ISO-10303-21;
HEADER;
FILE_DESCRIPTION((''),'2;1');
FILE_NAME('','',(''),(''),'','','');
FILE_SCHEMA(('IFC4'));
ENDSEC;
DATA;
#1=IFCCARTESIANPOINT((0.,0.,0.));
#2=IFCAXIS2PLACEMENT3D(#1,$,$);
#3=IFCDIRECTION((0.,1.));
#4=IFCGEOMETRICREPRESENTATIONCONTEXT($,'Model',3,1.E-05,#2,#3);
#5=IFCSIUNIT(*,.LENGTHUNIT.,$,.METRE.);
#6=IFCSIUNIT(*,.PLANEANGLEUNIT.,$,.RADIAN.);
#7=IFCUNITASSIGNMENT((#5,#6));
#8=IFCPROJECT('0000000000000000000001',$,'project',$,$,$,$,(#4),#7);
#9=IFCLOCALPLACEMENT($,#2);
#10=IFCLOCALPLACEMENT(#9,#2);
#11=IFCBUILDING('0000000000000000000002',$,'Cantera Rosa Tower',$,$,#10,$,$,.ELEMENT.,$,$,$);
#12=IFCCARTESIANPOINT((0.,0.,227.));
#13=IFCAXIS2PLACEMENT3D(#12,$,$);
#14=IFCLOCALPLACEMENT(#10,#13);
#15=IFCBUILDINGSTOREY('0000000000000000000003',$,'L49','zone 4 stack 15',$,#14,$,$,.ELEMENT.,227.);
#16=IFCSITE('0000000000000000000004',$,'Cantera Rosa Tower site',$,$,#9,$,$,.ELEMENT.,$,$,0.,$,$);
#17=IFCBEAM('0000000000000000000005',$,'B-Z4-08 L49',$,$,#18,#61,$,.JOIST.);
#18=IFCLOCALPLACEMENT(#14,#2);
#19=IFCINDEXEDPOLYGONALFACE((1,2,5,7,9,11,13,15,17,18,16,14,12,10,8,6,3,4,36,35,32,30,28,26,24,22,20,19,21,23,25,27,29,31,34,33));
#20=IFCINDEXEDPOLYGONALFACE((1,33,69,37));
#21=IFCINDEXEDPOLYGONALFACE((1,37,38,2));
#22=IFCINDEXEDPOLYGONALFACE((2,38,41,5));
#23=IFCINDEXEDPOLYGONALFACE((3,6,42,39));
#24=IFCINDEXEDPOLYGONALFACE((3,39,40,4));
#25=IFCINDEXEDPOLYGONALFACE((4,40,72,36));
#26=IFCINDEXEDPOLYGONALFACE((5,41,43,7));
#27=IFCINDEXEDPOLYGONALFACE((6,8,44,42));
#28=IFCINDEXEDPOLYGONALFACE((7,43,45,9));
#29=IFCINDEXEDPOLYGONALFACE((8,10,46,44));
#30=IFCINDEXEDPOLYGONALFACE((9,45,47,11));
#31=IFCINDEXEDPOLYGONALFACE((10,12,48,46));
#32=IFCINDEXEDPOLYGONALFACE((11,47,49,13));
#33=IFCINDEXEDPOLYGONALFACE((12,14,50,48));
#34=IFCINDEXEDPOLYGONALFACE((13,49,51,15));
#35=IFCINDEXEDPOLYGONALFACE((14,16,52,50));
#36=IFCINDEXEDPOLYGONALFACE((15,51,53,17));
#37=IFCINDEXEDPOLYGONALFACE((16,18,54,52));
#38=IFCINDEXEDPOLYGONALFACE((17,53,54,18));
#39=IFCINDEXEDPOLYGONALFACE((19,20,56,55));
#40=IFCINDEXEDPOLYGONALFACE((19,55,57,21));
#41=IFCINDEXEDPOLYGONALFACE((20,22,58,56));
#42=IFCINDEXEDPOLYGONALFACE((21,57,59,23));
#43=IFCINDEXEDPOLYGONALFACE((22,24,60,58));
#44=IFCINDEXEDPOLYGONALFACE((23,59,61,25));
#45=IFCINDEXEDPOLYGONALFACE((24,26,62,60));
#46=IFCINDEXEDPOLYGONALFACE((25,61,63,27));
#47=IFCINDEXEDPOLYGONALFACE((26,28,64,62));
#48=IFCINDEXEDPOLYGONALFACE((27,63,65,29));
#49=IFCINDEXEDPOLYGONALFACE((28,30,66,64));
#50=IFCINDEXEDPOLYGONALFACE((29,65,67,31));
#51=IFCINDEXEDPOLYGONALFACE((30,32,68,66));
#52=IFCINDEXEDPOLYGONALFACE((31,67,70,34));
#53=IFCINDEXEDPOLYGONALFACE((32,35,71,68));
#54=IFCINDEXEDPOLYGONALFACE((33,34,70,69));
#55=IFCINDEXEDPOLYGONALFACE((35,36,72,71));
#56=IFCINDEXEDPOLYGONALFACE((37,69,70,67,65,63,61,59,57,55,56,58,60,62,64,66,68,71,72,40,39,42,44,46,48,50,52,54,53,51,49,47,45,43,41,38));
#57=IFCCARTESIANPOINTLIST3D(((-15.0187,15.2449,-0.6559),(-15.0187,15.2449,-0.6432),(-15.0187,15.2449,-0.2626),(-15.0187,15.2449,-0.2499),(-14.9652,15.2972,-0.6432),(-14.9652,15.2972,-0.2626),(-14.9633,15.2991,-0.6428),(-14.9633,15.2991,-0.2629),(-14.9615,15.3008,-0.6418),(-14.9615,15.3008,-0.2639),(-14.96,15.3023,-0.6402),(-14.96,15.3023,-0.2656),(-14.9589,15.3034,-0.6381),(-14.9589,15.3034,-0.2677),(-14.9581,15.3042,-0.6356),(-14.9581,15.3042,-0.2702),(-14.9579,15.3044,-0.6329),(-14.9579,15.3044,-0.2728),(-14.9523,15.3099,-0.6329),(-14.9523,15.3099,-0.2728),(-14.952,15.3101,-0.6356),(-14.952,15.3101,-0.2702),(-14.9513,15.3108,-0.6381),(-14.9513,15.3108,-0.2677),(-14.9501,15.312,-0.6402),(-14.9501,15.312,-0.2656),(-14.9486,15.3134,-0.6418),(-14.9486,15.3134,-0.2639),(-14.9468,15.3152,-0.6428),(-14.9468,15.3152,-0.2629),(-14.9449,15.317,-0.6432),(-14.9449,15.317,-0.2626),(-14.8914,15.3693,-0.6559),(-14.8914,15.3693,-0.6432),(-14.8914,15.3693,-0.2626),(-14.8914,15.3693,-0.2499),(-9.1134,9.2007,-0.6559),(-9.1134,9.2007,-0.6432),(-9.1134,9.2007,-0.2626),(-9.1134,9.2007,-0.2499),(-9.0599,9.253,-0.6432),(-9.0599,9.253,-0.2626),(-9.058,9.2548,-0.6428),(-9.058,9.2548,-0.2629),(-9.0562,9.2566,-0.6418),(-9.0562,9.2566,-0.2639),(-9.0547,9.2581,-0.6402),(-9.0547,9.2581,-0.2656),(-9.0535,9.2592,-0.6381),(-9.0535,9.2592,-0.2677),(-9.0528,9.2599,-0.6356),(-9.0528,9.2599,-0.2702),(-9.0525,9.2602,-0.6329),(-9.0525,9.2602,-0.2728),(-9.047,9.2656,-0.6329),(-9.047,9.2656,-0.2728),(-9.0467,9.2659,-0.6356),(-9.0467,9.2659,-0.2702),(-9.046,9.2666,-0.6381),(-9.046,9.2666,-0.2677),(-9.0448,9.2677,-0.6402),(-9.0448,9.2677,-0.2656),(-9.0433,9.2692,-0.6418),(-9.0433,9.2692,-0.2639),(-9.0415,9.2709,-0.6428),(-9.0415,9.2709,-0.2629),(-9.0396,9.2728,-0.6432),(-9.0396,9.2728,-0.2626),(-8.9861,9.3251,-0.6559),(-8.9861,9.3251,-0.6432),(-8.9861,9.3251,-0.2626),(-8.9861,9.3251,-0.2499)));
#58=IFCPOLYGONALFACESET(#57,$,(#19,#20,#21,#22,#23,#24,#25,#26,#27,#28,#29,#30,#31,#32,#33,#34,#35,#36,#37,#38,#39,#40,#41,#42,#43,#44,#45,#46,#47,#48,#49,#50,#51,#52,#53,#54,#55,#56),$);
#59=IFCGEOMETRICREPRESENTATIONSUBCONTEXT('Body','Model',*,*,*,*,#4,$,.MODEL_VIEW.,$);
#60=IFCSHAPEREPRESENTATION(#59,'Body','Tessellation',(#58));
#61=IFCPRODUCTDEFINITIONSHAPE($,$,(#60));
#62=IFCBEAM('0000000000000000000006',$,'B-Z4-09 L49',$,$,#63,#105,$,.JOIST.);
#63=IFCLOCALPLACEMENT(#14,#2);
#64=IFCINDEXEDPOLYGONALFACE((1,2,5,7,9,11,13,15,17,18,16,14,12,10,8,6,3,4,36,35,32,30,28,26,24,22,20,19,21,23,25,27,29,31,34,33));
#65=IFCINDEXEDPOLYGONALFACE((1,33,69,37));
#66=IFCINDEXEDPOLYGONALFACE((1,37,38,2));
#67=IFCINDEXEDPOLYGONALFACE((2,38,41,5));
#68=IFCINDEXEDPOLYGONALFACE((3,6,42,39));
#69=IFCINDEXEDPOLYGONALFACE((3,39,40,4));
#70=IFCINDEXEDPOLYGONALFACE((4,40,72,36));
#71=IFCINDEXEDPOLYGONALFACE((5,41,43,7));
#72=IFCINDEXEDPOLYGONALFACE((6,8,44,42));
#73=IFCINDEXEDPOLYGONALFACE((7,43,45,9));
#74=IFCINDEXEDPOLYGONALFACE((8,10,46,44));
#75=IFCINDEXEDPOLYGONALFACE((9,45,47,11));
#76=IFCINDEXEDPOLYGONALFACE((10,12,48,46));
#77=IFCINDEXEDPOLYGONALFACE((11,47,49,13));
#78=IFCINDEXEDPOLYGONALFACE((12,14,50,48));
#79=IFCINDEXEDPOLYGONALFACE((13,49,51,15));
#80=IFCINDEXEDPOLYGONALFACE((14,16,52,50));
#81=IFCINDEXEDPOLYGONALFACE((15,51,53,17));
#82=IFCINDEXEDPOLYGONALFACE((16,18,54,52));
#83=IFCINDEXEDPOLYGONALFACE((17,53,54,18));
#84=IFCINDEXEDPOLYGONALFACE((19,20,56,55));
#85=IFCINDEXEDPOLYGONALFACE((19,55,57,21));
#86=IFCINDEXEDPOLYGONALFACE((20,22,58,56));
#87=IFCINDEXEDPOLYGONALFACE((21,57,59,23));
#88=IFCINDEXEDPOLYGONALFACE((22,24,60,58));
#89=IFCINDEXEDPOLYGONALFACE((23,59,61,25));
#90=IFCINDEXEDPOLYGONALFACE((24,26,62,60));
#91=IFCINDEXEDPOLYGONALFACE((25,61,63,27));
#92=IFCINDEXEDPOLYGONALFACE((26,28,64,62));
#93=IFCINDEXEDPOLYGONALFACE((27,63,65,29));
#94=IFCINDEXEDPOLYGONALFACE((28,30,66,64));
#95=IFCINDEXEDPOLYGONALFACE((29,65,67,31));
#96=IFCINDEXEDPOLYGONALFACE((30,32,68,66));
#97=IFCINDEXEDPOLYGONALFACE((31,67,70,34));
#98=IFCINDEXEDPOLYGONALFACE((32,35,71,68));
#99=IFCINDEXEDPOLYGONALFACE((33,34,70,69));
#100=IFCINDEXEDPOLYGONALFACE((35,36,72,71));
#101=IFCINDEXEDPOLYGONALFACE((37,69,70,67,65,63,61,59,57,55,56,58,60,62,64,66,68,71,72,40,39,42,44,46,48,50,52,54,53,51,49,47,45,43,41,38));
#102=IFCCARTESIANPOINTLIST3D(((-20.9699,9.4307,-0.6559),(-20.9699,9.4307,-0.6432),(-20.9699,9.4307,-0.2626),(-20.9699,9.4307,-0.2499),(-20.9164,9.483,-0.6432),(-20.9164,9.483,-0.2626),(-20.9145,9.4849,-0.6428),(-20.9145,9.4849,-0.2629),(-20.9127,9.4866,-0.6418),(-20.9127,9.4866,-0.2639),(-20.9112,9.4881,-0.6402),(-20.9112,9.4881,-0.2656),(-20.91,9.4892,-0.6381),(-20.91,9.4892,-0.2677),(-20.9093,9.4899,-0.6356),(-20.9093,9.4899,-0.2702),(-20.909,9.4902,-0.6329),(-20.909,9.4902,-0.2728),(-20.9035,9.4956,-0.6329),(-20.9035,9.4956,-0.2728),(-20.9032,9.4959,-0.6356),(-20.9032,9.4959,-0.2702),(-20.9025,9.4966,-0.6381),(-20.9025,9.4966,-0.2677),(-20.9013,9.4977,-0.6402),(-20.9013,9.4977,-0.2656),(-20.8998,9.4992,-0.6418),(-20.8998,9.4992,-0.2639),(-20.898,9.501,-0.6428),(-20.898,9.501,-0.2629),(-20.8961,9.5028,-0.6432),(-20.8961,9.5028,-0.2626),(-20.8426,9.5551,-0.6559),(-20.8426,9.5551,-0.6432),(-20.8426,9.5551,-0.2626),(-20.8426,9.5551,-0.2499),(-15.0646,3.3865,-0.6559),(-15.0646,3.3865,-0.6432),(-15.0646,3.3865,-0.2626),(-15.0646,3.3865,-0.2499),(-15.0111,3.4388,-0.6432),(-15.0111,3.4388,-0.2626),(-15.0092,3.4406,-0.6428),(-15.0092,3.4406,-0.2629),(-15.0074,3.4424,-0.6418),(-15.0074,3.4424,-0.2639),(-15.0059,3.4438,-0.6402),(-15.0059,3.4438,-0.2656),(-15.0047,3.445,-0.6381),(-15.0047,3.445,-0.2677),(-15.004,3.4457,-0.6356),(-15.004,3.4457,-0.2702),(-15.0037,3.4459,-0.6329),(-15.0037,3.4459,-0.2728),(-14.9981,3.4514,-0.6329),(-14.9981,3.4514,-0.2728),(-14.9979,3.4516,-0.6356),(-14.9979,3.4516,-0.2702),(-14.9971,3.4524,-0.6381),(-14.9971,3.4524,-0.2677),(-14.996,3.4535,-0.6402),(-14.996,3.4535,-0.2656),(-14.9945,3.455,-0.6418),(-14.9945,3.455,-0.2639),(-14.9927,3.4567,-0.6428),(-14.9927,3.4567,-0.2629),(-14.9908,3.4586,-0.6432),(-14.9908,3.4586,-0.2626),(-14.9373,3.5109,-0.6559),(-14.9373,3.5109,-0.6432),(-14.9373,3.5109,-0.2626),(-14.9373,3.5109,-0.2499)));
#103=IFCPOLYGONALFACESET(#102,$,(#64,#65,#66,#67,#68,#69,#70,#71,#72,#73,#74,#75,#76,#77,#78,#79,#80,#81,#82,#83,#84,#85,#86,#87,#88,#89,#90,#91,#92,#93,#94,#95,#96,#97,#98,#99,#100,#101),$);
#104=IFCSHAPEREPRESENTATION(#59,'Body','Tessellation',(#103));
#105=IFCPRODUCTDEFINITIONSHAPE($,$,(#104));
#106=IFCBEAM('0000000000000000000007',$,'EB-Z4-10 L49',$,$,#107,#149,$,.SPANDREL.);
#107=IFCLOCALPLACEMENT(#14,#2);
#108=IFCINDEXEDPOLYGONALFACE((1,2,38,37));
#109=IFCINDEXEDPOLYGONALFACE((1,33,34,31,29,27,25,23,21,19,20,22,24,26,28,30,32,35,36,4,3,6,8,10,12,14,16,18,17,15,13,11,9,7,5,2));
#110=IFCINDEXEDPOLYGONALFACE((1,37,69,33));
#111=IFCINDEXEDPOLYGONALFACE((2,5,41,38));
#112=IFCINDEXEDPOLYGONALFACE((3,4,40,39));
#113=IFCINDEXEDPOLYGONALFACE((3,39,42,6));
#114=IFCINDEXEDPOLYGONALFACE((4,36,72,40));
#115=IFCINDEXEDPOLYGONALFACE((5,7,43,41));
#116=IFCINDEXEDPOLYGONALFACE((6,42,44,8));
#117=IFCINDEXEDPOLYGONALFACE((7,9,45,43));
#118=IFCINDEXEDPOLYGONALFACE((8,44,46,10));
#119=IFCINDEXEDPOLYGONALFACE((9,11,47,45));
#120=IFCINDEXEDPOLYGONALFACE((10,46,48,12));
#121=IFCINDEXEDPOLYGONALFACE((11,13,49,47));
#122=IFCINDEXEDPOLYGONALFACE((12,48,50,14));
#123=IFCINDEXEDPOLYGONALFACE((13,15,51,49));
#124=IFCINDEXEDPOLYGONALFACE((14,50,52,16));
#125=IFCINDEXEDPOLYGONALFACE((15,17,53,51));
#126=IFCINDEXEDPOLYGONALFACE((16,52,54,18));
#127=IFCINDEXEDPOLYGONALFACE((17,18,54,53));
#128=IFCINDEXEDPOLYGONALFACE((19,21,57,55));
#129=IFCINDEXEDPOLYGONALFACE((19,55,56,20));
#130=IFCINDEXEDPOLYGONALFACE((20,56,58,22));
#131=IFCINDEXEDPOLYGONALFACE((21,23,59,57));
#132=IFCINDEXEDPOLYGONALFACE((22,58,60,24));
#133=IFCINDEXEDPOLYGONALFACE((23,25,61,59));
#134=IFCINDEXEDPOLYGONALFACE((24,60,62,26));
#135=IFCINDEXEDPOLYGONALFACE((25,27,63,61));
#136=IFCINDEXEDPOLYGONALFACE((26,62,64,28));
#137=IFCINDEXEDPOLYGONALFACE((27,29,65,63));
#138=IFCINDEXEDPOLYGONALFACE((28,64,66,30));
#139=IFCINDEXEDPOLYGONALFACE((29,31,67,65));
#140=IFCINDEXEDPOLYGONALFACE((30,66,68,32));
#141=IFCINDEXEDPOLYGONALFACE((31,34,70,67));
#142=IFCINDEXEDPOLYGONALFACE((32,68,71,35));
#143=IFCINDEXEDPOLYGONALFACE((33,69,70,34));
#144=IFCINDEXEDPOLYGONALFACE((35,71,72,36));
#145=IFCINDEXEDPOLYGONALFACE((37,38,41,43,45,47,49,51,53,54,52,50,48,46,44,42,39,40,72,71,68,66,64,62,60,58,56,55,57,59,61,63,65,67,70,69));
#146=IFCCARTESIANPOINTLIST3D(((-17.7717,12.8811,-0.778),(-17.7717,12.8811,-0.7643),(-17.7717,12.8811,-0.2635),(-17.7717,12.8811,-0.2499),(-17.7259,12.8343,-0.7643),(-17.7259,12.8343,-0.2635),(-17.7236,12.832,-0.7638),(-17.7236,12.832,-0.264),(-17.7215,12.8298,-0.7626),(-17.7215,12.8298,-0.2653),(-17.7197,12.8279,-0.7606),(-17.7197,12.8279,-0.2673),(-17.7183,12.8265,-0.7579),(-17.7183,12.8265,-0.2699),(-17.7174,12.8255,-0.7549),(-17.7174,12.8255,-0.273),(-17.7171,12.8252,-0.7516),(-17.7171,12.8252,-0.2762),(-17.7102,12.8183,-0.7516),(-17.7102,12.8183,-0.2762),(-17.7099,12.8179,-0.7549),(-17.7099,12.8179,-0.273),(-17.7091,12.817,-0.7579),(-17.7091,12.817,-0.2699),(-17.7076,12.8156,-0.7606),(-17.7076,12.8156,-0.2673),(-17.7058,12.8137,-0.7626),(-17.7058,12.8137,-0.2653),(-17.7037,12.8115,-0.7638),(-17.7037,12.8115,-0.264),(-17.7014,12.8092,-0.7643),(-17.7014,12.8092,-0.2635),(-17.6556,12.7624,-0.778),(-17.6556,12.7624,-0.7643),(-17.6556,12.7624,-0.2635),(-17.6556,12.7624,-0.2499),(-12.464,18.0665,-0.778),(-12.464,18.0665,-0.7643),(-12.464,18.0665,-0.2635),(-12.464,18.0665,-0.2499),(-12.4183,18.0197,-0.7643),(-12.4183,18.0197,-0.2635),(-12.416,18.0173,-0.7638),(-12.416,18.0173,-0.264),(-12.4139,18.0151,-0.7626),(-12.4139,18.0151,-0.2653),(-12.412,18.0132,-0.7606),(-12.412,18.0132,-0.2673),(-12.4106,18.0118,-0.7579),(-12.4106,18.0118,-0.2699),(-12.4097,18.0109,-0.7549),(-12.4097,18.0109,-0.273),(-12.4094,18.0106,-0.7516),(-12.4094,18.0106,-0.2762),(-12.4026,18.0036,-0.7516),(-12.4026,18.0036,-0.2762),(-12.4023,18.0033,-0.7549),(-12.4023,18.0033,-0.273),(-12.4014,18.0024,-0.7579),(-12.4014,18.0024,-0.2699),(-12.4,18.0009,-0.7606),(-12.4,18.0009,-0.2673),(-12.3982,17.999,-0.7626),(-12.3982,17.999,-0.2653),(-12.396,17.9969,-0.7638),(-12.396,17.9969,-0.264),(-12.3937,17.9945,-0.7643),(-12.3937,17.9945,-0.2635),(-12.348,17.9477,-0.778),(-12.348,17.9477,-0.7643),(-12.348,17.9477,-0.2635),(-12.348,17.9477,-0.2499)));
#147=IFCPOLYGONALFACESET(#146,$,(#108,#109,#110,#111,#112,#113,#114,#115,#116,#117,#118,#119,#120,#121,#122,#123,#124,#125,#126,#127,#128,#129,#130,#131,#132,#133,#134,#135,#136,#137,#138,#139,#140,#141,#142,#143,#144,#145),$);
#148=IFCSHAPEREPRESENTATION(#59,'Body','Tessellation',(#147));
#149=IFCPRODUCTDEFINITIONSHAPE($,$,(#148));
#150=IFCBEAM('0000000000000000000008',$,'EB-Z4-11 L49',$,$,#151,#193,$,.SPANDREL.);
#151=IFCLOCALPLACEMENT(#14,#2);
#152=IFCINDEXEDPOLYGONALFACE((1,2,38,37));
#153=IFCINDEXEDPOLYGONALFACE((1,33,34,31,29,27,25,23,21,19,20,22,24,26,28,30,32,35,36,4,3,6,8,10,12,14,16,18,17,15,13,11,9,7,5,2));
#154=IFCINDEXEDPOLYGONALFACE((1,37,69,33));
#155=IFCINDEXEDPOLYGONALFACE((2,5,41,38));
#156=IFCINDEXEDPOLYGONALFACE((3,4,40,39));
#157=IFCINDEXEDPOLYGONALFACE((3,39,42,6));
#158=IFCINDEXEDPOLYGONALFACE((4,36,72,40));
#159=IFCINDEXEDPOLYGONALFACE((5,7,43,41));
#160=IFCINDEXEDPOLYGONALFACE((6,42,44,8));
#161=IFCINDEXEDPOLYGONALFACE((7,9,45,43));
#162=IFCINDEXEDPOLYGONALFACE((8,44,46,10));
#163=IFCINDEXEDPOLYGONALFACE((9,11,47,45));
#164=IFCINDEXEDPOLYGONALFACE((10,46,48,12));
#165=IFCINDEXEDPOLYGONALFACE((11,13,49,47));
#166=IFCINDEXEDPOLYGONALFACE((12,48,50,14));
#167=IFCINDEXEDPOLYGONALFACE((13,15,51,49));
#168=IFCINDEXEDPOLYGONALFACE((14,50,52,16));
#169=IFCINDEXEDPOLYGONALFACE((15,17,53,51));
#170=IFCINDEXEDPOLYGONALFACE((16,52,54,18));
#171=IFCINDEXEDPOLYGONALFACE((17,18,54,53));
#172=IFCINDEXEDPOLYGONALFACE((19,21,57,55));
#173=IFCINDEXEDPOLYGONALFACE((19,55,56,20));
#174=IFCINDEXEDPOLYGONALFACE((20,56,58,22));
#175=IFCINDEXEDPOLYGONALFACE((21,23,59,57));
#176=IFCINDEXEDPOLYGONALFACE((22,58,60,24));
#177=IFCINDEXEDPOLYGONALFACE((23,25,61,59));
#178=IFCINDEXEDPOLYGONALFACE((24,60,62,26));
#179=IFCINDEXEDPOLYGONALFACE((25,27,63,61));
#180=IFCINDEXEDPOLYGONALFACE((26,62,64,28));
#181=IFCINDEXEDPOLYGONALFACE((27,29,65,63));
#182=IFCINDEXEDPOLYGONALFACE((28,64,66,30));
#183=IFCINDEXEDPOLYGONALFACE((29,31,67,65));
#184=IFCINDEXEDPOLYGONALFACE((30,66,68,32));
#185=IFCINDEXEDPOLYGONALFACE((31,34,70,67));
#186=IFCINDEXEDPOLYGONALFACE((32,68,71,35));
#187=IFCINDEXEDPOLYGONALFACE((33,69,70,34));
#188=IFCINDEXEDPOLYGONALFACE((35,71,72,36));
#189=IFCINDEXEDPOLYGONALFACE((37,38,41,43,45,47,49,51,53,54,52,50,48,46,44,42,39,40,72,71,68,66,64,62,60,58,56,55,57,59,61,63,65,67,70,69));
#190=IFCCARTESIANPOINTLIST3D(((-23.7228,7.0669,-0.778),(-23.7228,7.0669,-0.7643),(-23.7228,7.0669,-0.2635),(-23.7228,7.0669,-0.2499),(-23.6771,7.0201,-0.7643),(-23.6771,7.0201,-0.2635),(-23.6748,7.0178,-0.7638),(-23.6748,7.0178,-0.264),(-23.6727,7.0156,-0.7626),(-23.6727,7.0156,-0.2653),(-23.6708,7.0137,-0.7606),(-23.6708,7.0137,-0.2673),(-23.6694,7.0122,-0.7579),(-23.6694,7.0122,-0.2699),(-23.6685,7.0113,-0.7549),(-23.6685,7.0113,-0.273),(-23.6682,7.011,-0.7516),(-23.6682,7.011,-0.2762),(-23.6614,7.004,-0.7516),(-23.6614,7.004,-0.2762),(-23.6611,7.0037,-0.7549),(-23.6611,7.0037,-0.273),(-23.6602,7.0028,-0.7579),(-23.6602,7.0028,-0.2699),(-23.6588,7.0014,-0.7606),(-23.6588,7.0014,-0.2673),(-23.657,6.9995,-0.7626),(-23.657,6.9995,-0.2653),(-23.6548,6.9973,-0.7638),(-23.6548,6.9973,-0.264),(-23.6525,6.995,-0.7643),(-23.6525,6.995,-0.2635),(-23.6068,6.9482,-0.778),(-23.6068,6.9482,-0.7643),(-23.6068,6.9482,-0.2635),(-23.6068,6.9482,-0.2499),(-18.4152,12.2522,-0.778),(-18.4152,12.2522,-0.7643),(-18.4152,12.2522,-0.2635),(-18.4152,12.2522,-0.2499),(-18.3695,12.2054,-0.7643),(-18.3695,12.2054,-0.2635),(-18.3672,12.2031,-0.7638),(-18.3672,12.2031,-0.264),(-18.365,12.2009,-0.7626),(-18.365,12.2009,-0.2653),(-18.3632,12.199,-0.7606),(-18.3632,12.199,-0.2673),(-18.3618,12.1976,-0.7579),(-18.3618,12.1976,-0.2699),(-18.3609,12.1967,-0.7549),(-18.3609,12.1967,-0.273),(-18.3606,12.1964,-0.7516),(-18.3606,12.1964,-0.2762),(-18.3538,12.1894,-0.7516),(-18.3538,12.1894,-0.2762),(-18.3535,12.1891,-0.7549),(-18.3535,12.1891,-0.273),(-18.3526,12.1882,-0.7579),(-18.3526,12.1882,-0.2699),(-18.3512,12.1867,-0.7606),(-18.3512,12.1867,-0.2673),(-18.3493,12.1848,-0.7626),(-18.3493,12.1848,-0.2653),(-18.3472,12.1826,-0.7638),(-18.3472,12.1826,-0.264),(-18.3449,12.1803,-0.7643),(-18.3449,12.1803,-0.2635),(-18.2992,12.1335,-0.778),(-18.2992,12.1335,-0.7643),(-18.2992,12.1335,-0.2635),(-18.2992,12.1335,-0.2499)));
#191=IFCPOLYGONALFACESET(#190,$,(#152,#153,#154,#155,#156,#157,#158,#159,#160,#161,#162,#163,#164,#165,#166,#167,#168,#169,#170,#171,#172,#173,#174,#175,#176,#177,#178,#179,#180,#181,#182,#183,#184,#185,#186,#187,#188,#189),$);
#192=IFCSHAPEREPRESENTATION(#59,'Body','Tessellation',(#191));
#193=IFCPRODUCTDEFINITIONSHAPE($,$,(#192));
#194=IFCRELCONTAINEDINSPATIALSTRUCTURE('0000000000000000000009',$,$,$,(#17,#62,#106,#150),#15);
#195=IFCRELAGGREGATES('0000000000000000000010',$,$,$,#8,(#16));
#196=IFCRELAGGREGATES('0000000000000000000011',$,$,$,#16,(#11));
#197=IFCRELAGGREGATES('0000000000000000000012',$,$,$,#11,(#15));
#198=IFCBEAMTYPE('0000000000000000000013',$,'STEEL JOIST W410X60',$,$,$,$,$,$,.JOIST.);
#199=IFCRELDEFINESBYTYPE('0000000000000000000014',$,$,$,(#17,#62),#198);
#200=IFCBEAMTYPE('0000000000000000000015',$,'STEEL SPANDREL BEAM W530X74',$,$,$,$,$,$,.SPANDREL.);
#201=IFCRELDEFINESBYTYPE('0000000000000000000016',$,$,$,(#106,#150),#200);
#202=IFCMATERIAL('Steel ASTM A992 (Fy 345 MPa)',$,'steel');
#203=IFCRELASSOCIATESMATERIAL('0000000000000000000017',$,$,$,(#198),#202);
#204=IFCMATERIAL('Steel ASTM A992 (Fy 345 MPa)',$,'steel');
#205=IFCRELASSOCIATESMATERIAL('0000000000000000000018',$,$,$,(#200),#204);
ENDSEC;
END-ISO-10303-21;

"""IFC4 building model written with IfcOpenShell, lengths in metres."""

from ifc_helpers import new_model, si_unit, direction, frame, origin, origin_2d, place, context, subcontext, project, spatial, i_section, extrude, material, material_profile, profile_set, type_object, element, save


model = new_model("IFC4")

# Units and contexts
model_context = context("Model", 3, precision=1e-05, world=origin(), true_north=direction((0.0, 1.0)))
body_context = subcontext(model_context, "Body", "Model", "MODEL_VIEW")
ifc_project = project(units=[si_unit("LENGTHUNIT", "METRE"), si_unit("PLANEANGLEUNIT", "RADIAN")], contexts=[model_context])

# Site, building, storey
site_placement = place(None, origin())
site = spatial("IfcSite", under=ifc_project, at=site_placement, Name="Cantera Rosa Tower site", CompositionType="ELEMENT", RefElevation=0.0)
building_placement = place(site_placement, origin())
building = spatial("IfcBuilding", under=site, at=building_placement, Name="Cantera Rosa Tower", CompositionType="ELEMENT")
storey_placement = place(building_placement, frame((0.0, 0.0, 227.0)))
storey = spatial("IfcBuildingStorey", under=building, at=storey_placement, Name="L49", Description="zone 4 stack 15", CompositionType="ELEMENT", Elevation=227.0)

# Beams
ifc_material_1 = material(Name="Steel ASTM A992 (Fy 345 MPa)", Category="steel")
ifc_material_profile_1 = material_profile(ifc_material_1, i_section(OverallWidth=0.178, OverallDepth=0.406, WebThickness=0.0078, FlangeThickness=0.0127, FilletRadius=0.0103, at=origin_2d()), Name="W410X60")
ifc_profile_set_1 = profile_set([ifc_material_profile_1], Name="Steel ASTM A992 (Fy 345 MPa)")
beam_type_1 = type_object("IfcBeamType", Name="STEEL JOIST W410X60", PredefinedType="JOIST", material=ifc_profile_set_1)
for number, where, z_axis, x_axis, name in (
    (1, (-14.9551, 15.3071, -0.4529), (0.698839, -0.715279, 0.0), (0.715279, 0.698839, 0.0), "B-Z4-08 L49"),
    (2, (-20.9062, 9.4929, -0.4529), (0.698839, -0.715279, 0.0), (0.715279, 0.698839, 0.0), "B-Z4-09 L49"),
):
    element("IfcBeam", number, at=place(storey_placement, frame(where, z_axis=z_axis, x_axis=x_axis)), inside=storey, type_object=beam_type_1, Name=name, PredefinedType="JOIST", context=body_context, shape_type="SweptSolid", body=[
        extrude(i_section(OverallWidth=0.178, OverallDepth=0.406, WebThickness=0.0078, FlangeThickness=0.0127, FilletRadius=0.0103, at=origin_2d()), origin(), (0.0, 0.0, 1.0), 8.4502),
    ])
ifc_material_2 = material(Name="Steel ASTM A992 (Fy 345 MPa)", Category="steel")
ifc_material_profile_2 = material_profile(ifc_material_2, i_section(OverallWidth=0.166, OverallDepth=0.5281, WebThickness=0.0098, FlangeThickness=0.0137, FilletRadius=0.0127, at=origin_2d()), Name="W530X74")
ifc_profile_set_2 = profile_set([ifc_material_profile_2], Name="Steel ASTM A992 (Fy 345 MPa)")
beam_type_2 = type_object("IfcBeamType", Name="STEEL SPANDREL BEAM W530X74", PredefinedType="SPANDREL", material=ifc_profile_set_2)
for number, where, z_axis, x_axis, name in (
    (3, (-12.406, 18.0071, -0.5139), (-0.715301, -0.698817, 0.0), (0.698817, -0.715301, 0.0), "EB-Z4-10 L49"),
    (4, (-18.3572, 12.1929, -0.5139), (-0.715301, -0.698817, 0.0), (0.698817, -0.715301, 0.0), "EB-Z4-11 L49"),
):
    element("IfcBeam", number, at=place(storey_placement, frame(where, z_axis=z_axis, x_axis=x_axis)), inside=storey, type_object=beam_type_2, Name=name, PredefinedType="SPANDREL", context=body_context, shape_type="SweptSolid", body=[
        extrude(i_section(OverallWidth=0.166, OverallDepth=0.5281, WebThickness=0.0098, FlangeThickness=0.0137, FilletRadius=0.0127, at=origin_2d()), origin(), (0.0, 0.0, 1.0), 7.4202),
    ])

save(model, "model.ifc")
